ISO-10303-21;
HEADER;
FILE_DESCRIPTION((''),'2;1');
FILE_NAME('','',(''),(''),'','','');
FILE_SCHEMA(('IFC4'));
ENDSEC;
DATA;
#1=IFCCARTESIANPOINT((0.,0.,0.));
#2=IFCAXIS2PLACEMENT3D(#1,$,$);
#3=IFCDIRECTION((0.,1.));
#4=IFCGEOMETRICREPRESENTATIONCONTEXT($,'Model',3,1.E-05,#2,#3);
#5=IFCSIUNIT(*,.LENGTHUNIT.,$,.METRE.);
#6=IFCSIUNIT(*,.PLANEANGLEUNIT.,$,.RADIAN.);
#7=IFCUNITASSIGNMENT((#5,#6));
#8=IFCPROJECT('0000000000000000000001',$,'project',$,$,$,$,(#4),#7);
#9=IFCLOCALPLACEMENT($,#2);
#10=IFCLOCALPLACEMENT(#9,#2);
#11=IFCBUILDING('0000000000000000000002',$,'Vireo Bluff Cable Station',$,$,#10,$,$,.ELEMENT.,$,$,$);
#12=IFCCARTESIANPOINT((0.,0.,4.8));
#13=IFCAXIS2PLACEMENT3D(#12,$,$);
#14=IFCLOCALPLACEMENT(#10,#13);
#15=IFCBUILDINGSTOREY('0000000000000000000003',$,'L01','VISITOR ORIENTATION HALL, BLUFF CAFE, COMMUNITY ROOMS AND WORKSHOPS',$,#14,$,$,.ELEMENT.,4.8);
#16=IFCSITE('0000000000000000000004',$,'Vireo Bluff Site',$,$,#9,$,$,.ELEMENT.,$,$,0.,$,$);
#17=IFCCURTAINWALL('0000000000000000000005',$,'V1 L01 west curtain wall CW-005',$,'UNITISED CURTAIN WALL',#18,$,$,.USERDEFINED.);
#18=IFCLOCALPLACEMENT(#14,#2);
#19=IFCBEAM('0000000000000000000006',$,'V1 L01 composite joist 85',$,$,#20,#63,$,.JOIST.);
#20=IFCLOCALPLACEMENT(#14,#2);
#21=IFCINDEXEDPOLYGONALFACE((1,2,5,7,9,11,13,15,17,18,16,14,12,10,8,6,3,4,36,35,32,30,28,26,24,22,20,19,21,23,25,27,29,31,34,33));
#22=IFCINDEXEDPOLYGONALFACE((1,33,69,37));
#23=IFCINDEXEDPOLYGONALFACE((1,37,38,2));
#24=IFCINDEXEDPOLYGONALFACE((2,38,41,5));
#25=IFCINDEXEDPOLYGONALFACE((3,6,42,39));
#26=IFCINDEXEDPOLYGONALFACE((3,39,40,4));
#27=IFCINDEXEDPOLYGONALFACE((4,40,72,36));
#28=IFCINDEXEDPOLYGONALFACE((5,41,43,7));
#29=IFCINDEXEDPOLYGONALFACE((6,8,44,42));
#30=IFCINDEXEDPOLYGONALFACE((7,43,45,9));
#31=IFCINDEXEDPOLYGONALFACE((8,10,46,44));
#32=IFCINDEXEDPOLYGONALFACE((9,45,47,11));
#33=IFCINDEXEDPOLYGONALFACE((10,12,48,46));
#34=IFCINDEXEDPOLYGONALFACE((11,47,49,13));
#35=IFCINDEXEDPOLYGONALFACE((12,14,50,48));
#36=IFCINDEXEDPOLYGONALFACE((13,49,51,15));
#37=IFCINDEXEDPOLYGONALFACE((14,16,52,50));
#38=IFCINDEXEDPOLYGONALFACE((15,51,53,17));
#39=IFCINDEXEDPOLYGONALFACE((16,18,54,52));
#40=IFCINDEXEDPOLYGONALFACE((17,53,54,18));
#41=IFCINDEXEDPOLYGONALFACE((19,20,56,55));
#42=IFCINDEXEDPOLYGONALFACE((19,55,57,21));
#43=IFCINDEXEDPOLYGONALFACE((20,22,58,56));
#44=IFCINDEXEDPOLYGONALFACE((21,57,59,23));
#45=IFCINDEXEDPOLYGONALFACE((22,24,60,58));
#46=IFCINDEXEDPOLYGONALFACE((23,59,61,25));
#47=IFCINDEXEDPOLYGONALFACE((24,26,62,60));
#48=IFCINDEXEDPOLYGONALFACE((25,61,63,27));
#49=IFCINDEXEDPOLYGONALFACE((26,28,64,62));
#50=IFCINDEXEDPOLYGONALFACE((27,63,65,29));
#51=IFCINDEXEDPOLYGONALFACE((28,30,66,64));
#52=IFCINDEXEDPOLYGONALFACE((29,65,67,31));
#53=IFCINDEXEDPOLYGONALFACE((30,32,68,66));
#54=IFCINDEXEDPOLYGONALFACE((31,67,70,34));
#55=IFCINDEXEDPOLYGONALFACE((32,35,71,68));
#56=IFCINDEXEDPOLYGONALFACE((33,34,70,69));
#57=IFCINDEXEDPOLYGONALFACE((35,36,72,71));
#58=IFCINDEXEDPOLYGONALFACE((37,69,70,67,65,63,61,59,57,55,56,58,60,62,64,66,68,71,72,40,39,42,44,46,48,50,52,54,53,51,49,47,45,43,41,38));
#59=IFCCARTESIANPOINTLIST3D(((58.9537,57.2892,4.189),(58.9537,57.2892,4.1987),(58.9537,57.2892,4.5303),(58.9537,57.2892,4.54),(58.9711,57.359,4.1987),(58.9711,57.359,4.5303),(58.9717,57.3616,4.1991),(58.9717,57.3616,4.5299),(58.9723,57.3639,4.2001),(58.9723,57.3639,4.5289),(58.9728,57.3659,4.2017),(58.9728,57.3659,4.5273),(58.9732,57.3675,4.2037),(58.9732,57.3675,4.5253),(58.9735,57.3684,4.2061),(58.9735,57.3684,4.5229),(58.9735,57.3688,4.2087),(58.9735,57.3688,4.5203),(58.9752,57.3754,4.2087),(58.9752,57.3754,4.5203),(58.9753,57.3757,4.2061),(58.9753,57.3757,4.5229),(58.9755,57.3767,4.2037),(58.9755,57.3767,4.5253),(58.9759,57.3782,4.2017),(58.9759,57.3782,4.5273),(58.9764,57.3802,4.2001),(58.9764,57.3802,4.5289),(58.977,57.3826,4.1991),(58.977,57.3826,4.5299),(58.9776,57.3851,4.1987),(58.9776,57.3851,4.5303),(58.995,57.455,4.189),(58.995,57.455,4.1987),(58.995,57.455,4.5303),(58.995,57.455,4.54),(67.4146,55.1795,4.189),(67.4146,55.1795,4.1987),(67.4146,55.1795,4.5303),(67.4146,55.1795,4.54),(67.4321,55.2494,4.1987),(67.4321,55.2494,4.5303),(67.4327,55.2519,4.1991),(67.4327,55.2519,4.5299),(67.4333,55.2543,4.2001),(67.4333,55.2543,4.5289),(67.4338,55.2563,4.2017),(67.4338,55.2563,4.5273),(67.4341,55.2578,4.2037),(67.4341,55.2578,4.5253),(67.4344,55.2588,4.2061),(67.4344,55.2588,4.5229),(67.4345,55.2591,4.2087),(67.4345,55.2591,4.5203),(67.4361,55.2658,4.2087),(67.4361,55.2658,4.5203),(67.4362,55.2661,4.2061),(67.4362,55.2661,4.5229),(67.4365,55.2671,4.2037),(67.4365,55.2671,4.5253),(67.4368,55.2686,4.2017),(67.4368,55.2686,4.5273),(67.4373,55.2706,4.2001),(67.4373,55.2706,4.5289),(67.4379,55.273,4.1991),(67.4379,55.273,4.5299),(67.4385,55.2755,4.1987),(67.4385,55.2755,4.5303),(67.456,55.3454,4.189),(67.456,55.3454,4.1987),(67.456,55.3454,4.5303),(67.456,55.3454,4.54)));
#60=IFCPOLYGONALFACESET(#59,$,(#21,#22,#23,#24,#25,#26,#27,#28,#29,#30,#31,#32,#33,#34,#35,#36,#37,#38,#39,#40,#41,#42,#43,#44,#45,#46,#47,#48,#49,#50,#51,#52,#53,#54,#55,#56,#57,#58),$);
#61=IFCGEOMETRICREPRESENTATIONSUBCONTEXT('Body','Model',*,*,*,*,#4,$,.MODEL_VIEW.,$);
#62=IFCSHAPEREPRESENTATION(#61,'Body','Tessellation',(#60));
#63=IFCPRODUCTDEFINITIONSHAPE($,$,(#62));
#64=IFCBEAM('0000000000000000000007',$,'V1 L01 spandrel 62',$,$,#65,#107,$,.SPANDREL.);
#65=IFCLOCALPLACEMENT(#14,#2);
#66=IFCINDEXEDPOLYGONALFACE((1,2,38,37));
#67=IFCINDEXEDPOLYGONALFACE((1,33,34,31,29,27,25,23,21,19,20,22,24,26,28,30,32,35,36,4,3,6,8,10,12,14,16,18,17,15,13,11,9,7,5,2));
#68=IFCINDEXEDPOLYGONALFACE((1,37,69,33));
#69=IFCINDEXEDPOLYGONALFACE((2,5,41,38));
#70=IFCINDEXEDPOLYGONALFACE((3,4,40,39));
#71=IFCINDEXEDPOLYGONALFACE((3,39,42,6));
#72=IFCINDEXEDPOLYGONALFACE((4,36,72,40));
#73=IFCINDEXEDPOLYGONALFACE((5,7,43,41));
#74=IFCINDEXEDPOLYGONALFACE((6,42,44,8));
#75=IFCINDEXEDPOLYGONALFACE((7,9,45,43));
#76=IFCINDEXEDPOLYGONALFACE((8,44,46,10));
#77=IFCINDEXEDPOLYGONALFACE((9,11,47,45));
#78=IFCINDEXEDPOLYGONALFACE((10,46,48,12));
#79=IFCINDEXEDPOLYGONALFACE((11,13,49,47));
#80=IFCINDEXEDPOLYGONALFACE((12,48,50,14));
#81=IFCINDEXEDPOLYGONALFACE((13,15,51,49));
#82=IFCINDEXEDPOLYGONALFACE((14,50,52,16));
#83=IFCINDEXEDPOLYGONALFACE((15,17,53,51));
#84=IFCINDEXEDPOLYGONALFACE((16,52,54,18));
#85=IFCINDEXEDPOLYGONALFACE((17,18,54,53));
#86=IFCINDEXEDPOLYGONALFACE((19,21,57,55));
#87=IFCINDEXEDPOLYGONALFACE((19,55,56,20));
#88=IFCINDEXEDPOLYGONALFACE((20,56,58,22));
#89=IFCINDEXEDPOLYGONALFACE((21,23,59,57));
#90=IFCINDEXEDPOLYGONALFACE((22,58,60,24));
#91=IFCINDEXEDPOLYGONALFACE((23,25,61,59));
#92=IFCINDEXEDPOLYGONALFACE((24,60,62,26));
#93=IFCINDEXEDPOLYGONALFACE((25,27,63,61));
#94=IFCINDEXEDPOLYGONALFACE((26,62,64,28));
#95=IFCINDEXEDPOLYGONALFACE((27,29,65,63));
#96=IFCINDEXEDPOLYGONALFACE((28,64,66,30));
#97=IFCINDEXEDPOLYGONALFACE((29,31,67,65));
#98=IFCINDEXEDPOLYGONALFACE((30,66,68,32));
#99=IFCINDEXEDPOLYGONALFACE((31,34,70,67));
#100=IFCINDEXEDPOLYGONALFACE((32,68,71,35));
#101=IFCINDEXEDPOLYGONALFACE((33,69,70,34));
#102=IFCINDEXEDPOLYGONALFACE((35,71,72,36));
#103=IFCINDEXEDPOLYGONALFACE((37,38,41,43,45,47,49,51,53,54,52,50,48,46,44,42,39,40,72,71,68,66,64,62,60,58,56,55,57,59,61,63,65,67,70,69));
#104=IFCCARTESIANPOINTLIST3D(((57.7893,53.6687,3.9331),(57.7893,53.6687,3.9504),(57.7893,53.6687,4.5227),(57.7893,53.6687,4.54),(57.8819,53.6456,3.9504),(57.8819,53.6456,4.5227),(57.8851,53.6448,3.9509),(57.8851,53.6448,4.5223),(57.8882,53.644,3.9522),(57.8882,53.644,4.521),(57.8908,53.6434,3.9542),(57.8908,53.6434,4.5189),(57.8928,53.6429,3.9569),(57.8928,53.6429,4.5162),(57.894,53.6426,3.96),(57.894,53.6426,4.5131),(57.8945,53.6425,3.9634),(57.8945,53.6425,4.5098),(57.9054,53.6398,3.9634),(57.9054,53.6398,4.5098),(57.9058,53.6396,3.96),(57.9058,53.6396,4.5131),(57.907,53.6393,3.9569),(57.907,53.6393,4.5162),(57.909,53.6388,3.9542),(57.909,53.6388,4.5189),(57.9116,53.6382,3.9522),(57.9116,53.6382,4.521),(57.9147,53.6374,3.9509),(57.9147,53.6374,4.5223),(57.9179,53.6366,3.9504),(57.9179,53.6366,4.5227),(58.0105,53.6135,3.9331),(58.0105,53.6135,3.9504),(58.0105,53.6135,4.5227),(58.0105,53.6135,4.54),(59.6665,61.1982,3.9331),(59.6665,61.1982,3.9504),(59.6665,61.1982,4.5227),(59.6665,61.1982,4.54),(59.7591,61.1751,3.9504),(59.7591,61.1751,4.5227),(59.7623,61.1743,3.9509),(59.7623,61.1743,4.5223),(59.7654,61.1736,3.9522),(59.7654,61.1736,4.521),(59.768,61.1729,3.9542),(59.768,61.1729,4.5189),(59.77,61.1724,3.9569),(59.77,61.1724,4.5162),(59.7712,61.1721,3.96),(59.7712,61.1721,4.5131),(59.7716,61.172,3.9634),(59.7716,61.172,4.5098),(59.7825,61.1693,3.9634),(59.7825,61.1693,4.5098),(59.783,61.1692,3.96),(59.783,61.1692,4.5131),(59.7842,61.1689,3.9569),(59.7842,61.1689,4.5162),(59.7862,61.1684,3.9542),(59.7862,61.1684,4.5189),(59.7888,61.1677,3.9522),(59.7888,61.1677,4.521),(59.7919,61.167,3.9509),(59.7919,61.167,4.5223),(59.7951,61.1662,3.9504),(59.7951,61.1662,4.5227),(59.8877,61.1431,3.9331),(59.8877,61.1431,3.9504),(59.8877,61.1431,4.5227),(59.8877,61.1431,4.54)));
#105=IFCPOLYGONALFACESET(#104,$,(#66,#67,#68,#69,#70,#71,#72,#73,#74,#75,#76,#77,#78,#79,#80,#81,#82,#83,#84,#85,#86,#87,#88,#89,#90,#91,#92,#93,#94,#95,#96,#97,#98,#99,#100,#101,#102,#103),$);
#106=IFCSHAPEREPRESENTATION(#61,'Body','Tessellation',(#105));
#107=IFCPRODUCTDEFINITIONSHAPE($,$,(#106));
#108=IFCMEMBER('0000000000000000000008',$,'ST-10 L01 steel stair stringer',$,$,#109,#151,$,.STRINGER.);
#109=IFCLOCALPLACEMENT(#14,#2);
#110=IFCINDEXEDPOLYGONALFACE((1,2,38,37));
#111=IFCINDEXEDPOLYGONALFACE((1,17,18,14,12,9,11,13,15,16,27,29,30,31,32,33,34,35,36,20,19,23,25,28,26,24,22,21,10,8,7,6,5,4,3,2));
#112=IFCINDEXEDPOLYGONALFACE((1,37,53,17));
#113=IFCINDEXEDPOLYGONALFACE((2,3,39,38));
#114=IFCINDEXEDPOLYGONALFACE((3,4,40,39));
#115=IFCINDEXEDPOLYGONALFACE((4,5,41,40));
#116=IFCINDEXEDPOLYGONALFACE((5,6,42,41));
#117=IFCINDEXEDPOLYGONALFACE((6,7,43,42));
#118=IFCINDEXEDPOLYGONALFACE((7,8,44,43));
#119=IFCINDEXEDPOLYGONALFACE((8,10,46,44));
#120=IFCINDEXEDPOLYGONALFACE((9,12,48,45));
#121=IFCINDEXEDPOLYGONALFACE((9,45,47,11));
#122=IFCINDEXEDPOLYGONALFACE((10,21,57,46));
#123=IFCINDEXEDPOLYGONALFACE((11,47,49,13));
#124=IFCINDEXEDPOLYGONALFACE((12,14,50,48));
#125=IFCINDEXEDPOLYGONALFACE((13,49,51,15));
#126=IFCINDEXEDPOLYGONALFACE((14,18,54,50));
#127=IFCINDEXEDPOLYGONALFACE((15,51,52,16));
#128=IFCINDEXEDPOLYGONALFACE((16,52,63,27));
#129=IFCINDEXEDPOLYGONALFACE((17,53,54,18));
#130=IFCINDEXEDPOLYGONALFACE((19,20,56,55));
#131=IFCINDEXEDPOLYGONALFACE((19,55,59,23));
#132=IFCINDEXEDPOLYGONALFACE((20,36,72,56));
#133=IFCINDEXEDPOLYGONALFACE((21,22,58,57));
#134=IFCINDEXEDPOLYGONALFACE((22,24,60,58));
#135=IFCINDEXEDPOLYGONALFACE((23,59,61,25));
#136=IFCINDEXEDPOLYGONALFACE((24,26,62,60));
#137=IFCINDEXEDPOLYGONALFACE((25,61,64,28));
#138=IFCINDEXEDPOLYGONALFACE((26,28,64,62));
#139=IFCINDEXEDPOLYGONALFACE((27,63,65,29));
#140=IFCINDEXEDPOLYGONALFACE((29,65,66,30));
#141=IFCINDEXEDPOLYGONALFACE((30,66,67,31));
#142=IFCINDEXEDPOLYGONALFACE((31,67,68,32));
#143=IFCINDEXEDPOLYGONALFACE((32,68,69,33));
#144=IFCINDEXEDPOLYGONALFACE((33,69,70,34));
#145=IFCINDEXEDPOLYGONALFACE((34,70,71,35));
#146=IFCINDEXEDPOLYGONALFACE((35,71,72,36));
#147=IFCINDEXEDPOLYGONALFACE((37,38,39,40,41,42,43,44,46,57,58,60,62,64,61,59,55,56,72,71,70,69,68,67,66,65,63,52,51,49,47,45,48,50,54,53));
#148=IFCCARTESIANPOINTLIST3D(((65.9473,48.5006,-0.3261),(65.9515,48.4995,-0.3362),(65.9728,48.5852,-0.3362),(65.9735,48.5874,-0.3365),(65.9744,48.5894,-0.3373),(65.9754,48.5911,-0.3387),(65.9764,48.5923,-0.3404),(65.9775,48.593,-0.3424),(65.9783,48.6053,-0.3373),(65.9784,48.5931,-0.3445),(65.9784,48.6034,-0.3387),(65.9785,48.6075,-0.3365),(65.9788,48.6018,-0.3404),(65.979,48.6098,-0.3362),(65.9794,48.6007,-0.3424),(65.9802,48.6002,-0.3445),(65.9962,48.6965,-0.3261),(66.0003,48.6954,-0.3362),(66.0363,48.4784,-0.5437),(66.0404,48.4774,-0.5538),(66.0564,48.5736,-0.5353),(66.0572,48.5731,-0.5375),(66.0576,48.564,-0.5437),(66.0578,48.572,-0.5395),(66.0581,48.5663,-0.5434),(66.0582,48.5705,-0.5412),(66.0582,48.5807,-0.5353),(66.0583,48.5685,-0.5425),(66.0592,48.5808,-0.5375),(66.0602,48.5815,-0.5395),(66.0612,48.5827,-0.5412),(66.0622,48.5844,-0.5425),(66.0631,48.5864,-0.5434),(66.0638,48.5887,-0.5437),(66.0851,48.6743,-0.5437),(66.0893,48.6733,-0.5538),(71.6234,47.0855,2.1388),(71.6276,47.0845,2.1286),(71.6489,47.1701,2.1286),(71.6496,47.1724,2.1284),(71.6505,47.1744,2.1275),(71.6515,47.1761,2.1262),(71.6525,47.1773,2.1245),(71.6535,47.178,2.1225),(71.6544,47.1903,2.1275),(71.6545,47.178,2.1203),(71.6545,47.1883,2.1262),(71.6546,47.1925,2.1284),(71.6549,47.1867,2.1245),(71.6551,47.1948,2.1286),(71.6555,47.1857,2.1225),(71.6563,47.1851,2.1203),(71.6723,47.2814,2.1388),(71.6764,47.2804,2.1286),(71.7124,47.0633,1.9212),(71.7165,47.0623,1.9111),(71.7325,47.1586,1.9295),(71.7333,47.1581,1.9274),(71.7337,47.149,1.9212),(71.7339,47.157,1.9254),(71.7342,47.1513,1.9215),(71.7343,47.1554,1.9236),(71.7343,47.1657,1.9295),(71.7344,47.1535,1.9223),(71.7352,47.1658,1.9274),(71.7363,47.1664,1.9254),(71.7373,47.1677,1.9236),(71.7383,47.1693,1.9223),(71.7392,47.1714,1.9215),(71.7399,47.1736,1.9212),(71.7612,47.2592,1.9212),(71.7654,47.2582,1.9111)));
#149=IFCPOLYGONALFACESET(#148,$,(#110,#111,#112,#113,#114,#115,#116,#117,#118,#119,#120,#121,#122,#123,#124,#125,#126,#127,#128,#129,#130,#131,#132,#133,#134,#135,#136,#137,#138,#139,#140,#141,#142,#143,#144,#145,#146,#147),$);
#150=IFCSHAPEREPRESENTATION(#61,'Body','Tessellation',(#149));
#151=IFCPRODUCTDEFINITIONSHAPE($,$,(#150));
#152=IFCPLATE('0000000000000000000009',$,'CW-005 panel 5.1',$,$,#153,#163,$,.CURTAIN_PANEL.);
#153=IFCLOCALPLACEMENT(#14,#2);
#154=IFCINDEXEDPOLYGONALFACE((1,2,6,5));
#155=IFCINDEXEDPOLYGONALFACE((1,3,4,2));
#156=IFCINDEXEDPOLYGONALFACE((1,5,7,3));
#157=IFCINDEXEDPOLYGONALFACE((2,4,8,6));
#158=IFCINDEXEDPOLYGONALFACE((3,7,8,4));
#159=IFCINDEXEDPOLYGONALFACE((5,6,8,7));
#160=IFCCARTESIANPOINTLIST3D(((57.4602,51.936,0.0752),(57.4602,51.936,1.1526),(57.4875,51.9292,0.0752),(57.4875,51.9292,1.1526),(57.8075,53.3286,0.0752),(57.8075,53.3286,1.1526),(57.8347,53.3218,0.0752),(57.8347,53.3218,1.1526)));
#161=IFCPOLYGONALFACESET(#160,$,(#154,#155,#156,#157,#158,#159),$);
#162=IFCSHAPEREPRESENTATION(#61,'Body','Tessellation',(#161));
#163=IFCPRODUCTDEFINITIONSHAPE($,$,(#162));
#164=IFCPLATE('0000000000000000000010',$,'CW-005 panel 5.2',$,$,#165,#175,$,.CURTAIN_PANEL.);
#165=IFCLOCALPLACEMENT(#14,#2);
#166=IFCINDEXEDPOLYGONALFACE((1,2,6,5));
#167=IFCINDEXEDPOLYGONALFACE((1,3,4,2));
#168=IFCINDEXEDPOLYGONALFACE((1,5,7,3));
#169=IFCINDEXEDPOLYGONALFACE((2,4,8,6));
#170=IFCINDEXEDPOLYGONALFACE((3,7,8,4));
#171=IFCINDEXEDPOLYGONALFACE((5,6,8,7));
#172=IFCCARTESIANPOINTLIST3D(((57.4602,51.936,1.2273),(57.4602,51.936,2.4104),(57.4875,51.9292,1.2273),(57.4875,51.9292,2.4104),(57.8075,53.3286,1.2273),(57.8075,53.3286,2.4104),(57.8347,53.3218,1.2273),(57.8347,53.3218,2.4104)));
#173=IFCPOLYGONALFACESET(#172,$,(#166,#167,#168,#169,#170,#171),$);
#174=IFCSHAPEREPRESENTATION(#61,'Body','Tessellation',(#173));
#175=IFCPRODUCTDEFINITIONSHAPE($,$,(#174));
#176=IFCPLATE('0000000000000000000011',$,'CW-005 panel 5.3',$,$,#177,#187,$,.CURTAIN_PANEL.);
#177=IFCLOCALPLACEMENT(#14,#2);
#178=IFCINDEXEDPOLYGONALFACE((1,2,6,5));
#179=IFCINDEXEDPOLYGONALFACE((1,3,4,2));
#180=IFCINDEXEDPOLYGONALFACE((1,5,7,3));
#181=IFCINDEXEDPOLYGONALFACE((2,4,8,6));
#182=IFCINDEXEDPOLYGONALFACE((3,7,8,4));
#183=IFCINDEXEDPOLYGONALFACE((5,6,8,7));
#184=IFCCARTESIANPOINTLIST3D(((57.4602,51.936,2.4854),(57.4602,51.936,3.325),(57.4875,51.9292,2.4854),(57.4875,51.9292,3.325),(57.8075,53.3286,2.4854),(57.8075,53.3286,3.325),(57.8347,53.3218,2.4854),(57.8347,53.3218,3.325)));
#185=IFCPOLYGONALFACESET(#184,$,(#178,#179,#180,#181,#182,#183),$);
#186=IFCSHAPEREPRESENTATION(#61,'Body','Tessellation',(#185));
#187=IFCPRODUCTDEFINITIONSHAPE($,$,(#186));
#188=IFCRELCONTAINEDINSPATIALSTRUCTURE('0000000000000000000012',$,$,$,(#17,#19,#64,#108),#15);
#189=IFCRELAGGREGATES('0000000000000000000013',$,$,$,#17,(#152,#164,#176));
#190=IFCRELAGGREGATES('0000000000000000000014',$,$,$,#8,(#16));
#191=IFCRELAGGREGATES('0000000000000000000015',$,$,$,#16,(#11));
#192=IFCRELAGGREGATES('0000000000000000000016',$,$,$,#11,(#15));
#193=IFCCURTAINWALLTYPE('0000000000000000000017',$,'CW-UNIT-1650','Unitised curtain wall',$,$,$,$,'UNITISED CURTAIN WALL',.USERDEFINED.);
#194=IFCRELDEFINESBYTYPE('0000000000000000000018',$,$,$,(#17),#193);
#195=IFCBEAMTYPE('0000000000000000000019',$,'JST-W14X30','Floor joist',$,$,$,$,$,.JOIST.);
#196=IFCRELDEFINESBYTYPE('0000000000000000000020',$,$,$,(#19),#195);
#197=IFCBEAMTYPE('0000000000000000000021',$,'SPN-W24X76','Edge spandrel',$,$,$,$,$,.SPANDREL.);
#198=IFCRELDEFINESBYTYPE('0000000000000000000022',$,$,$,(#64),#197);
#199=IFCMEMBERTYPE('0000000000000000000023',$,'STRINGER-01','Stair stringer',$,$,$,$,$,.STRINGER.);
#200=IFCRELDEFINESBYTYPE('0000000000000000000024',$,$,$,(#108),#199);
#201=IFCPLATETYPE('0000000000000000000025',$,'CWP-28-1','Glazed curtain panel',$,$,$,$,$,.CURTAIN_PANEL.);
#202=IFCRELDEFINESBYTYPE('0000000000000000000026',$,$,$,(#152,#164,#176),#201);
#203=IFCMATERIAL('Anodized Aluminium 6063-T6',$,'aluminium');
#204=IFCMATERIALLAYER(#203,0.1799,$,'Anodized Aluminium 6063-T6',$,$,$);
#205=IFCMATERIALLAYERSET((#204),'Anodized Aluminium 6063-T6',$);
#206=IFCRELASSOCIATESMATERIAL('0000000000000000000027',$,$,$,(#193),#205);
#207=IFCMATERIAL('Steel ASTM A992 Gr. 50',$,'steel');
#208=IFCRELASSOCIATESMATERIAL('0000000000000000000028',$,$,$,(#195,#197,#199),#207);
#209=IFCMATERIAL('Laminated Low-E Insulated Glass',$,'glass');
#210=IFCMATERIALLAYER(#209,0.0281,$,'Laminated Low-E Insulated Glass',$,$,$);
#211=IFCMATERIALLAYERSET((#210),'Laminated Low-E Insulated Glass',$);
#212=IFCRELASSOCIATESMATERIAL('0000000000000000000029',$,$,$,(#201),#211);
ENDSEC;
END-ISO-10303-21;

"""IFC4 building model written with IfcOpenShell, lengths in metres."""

from ifc_helpers import new_model, si_unit, direction, frame, origin, origin_2d, place, context, subcontext, project, spatial, rectangle, i_section, extrude, material, layer, layer_set, material_profile, profile_set, type_object, element, aggregate, save


model = new_model("IFC4")

# Units and contexts
model_context = context("Model", 3, precision=1e-05, world=origin(), true_north=direction((0.0, 1.0)))
body_context = subcontext(model_context, "Body", "Model", "MODEL_VIEW")
ifc_project = project(units=[si_unit("LENGTHUNIT", "METRE"), si_unit("PLANEANGLEUNIT", "RADIAN")], contexts=[model_context])

# Site, building, storey
site_placement = place(None, origin())
site = spatial("IfcSite", under=ifc_project, at=site_placement, Name="Vireo Bluff Site", CompositionType="ELEMENT", RefElevation=0.0)
building_placement = place(site_placement, origin())
building = spatial("IfcBuilding", under=site, at=building_placement, Name="Vireo Bluff Cable Station", CompositionType="ELEMENT")
storey_placement = place(building_placement, frame((0.0, 0.0, 4.8)))
storey = spatial("IfcBuildingStorey", under=building, at=storey_placement, Name="L01", Description="VISITOR ORIENTATION HALL, BLUFF CAFE, COMMUNITY ROOMS AND WORKSHOPS", CompositionType="ELEMENT", Elevation=4.8)

# Shared definitions
ifc_material_1 = material(Name="Steel ASTM A992 Gr. 50", Category="steel")

# Curtain wall
ifc_material_2 = material(Name="Anodized Aluminium 6063-T6", Category="aluminium")
ifc_layer_1 = layer(ifc_material_2, 0.1799, Name="Anodized Aluminium 6063-T6")
ifc_layer_set_1 = layer_set([ifc_layer_1], Name="Anodized Aluminium 6063-T6")
curtain_wall_type = type_object("IfcCurtainWallType", Name="CW-UNIT-1650", Description="Unitised curtain wall", ElementType="UNITISED CURTAIN WALL", PredefinedType="USERDEFINED", material=ifc_layer_set_1)
curtain_wall_placement = place(storey_placement, origin())
curtain_wall = element("IfcCurtainWall", 1, at=curtain_wall_placement, inside=storey, type_object=curtain_wall_type, Name="V1 L01 west curtain wall CW-005", ObjectType="UNITISED CURTAIN WALL", PredefinedType="USERDEFINED")

# Beams
ifc_material_profile_1 = material_profile(ifc_material_1, i_section(OverallWidth=0.1709, OverallDepth=0.3511, WebThickness=0.0068, FlangeThickness=0.0098, FilletRadius=0.01, at=origin_2d()), Name="W14X30")
ifc_profile_set_1 = profile_set([ifc_material_profile_1], Name="Steel ASTM A992 Gr. 50")
beam_type_1 = type_object("IfcBeamType", Name="JST-W14X30", Description="Floor joist", PredefinedType="JOIST", material=ifc_profile_set_1)
beam_1_placement = place(storey_placement, frame((58.9744, 57.3721, 4.3645), z_axis=(0.970294, -0.24193, 0.0), x_axis=(0.24193, 0.970294, 0.0)))
element("IfcBeam", 2, at=beam_1_placement, inside=storey, type_object=beam_type_1, Name="V1 L01 composite joist 85", PredefinedType="JOIST", context=body_context, shape_type="SweptSolid", body=[
    extrude(i_section(OverallWidth=0.1709, OverallDepth=0.3511, WebThickness=0.0068, FlangeThickness=0.0098, FilletRadius=0.01, at=origin_2d()), origin(), (0.0, 0.0, 1.0), 8.72),
])
ifc_material_profile_2 = material_profile(ifc_material_1, i_section(OverallWidth=0.228, OverallDepth=0.6069, WebThickness=0.0112, FlangeThickness=0.0173, FilletRadius=0.0129, at=origin_2d()), Name="W24X76")
ifc_profile_set_2 = profile_set([ifc_material_profile_2], Name="Steel ASTM A992 Gr. 50")
beam_type_2 = type_object("IfcBeamType", Name="SPN-W24X76", Description="Edge spandrel", PredefinedType="SPANDREL", material=ifc_profile_set_2)
beam_2_placement = place(storey_placement, frame((57.8999, 53.6411, 4.2366), z_axis=(0.241906, 0.9703, 0.0), x_axis=(-0.9703, 0.241906, 0.0)))
element("IfcBeam", 3, at=beam_2_placement, inside=storey, type_object=beam_type_2, Name="V1 L01 spandrel 62", PredefinedType="SPANDREL", context=body_context, shape_type="SweptSolid", body=[
    extrude(i_section(OverallWidth=0.228, OverallDepth=0.6069, WebThickness=0.0112, FlangeThickness=0.0173, FilletRadius=0.0129, at=origin_2d()), origin(), (0.0, 0.0, 1.0), 7.76),
])

# Member
ifc_material_profile_3 = material_profile(ifc_material_1, i_section(OverallWidth=0.2019, OverallDepth=0.2471, WebThickness=0.0073, FlangeThickness=0.011, FilletRadius=0.009, at=origin_2d()), Name="W10X33")
ifc_profile_set_3 = profile_set([ifc_material_profile_3], Name="Steel ASTM A992 Gr. 50")
member_type_1 = type_object("IfcMemberType", Name="STRINGER-01", Description="Stair stringer", PredefinedType="STRINGER", material=ifc_profile_set_3)
member_1_placement = place(storey_placement, frame((66.0183, 48.5869, -0.4399), z_axis=(0.894167, -0.222917, 0.388297), x_axis=(0.241897, 0.970302, 0.0)))
element("IfcMember", 4, at=member_1_placement, inside=storey, type_object=member_type_1, Name="ST-10 L01 steel stair stringer", PredefinedType="STRINGER", context=body_context, shape_type="SweptSolid", body=[
    extrude(i_section(OverallWidth=0.2019, OverallDepth=0.2471, WebThickness=0.0073, FlangeThickness=0.011, FilletRadius=0.009, at=origin_2d()), origin(), (0.0, 0.0, 1.0), 6.3479),
])

# Plates
ifc_material_3 = material(Name="Laminated Low-E Insulated Glass", Category="glass")
ifc_layer_2 = layer(ifc_material_3, 0.0281, Name="Laminated Low-E Insulated Glass")
ifc_layer_set_2 = layer_set([ifc_layer_2], Name="Laminated Low-E Insulated Glass")
plate_type_1 = type_object("IfcPlateType", Name="CWP-28-1", Description="Glazed curtain panel", PredefinedType="CURTAIN_PANEL", material=ifc_layer_set_2)
plate_1_placement = place(storey_placement, frame((57.6475, 52.6289, 0.0752), z_axis=(0.0, 0.0, 1.0), x_axis=(0.241922, 0.970296, 0.0)))
plate_1 = element("IfcPlate", 5, at=plate_1_placement, type_object=plate_type_1, Name="CW-005 panel 5.1", PredefinedType="CURTAIN_PANEL", context=body_context, shape_type="SweptSolid", body=[
    extrude(rectangle(XDim=1.4353, YDim=0.0281, at=origin_2d()), origin(), (0.0, 0.0, 1.0), 1.0774),
])
plate_2_placement = place(storey_placement, frame((57.6475, 52.6289, 1.2273), z_axis=(0.0, 0.0, 1.0), x_axis=(0.241922, 0.970296, 0.0)))
plate_2 = element("IfcPlate", 6, at=plate_2_placement, type_object=plate_type_1, Name="CW-005 panel 5.2", PredefinedType="CURTAIN_PANEL", context=body_context, shape_type="SweptSolid", body=[
    extrude(rectangle(XDim=1.4353, YDim=0.0281, at=origin_2d()), origin(), (0.0, 0.0, 1.0), 1.1831),
])
plate_3_placement = place(storey_placement, frame((57.6475, 52.6289, 2.4854), z_axis=(0.0, 0.0, 1.0), x_axis=(0.241922, 0.970296, 0.0)))
plate_3 = element("IfcPlate", 7, at=plate_3_placement, type_object=plate_type_1, Name="CW-005 panel 5.3", PredefinedType="CURTAIN_PANEL", context=body_context, shape_type="SweptSolid", body=[
    extrude(rectangle(XDim=1.4353, YDim=0.0281, at=origin_2d()), origin(), (0.0, 0.0, 1.0), 0.8396),
])
aggregate(curtain_wall, [plate_1, plate_2, plate_3])

save(model, "model.ifc")
